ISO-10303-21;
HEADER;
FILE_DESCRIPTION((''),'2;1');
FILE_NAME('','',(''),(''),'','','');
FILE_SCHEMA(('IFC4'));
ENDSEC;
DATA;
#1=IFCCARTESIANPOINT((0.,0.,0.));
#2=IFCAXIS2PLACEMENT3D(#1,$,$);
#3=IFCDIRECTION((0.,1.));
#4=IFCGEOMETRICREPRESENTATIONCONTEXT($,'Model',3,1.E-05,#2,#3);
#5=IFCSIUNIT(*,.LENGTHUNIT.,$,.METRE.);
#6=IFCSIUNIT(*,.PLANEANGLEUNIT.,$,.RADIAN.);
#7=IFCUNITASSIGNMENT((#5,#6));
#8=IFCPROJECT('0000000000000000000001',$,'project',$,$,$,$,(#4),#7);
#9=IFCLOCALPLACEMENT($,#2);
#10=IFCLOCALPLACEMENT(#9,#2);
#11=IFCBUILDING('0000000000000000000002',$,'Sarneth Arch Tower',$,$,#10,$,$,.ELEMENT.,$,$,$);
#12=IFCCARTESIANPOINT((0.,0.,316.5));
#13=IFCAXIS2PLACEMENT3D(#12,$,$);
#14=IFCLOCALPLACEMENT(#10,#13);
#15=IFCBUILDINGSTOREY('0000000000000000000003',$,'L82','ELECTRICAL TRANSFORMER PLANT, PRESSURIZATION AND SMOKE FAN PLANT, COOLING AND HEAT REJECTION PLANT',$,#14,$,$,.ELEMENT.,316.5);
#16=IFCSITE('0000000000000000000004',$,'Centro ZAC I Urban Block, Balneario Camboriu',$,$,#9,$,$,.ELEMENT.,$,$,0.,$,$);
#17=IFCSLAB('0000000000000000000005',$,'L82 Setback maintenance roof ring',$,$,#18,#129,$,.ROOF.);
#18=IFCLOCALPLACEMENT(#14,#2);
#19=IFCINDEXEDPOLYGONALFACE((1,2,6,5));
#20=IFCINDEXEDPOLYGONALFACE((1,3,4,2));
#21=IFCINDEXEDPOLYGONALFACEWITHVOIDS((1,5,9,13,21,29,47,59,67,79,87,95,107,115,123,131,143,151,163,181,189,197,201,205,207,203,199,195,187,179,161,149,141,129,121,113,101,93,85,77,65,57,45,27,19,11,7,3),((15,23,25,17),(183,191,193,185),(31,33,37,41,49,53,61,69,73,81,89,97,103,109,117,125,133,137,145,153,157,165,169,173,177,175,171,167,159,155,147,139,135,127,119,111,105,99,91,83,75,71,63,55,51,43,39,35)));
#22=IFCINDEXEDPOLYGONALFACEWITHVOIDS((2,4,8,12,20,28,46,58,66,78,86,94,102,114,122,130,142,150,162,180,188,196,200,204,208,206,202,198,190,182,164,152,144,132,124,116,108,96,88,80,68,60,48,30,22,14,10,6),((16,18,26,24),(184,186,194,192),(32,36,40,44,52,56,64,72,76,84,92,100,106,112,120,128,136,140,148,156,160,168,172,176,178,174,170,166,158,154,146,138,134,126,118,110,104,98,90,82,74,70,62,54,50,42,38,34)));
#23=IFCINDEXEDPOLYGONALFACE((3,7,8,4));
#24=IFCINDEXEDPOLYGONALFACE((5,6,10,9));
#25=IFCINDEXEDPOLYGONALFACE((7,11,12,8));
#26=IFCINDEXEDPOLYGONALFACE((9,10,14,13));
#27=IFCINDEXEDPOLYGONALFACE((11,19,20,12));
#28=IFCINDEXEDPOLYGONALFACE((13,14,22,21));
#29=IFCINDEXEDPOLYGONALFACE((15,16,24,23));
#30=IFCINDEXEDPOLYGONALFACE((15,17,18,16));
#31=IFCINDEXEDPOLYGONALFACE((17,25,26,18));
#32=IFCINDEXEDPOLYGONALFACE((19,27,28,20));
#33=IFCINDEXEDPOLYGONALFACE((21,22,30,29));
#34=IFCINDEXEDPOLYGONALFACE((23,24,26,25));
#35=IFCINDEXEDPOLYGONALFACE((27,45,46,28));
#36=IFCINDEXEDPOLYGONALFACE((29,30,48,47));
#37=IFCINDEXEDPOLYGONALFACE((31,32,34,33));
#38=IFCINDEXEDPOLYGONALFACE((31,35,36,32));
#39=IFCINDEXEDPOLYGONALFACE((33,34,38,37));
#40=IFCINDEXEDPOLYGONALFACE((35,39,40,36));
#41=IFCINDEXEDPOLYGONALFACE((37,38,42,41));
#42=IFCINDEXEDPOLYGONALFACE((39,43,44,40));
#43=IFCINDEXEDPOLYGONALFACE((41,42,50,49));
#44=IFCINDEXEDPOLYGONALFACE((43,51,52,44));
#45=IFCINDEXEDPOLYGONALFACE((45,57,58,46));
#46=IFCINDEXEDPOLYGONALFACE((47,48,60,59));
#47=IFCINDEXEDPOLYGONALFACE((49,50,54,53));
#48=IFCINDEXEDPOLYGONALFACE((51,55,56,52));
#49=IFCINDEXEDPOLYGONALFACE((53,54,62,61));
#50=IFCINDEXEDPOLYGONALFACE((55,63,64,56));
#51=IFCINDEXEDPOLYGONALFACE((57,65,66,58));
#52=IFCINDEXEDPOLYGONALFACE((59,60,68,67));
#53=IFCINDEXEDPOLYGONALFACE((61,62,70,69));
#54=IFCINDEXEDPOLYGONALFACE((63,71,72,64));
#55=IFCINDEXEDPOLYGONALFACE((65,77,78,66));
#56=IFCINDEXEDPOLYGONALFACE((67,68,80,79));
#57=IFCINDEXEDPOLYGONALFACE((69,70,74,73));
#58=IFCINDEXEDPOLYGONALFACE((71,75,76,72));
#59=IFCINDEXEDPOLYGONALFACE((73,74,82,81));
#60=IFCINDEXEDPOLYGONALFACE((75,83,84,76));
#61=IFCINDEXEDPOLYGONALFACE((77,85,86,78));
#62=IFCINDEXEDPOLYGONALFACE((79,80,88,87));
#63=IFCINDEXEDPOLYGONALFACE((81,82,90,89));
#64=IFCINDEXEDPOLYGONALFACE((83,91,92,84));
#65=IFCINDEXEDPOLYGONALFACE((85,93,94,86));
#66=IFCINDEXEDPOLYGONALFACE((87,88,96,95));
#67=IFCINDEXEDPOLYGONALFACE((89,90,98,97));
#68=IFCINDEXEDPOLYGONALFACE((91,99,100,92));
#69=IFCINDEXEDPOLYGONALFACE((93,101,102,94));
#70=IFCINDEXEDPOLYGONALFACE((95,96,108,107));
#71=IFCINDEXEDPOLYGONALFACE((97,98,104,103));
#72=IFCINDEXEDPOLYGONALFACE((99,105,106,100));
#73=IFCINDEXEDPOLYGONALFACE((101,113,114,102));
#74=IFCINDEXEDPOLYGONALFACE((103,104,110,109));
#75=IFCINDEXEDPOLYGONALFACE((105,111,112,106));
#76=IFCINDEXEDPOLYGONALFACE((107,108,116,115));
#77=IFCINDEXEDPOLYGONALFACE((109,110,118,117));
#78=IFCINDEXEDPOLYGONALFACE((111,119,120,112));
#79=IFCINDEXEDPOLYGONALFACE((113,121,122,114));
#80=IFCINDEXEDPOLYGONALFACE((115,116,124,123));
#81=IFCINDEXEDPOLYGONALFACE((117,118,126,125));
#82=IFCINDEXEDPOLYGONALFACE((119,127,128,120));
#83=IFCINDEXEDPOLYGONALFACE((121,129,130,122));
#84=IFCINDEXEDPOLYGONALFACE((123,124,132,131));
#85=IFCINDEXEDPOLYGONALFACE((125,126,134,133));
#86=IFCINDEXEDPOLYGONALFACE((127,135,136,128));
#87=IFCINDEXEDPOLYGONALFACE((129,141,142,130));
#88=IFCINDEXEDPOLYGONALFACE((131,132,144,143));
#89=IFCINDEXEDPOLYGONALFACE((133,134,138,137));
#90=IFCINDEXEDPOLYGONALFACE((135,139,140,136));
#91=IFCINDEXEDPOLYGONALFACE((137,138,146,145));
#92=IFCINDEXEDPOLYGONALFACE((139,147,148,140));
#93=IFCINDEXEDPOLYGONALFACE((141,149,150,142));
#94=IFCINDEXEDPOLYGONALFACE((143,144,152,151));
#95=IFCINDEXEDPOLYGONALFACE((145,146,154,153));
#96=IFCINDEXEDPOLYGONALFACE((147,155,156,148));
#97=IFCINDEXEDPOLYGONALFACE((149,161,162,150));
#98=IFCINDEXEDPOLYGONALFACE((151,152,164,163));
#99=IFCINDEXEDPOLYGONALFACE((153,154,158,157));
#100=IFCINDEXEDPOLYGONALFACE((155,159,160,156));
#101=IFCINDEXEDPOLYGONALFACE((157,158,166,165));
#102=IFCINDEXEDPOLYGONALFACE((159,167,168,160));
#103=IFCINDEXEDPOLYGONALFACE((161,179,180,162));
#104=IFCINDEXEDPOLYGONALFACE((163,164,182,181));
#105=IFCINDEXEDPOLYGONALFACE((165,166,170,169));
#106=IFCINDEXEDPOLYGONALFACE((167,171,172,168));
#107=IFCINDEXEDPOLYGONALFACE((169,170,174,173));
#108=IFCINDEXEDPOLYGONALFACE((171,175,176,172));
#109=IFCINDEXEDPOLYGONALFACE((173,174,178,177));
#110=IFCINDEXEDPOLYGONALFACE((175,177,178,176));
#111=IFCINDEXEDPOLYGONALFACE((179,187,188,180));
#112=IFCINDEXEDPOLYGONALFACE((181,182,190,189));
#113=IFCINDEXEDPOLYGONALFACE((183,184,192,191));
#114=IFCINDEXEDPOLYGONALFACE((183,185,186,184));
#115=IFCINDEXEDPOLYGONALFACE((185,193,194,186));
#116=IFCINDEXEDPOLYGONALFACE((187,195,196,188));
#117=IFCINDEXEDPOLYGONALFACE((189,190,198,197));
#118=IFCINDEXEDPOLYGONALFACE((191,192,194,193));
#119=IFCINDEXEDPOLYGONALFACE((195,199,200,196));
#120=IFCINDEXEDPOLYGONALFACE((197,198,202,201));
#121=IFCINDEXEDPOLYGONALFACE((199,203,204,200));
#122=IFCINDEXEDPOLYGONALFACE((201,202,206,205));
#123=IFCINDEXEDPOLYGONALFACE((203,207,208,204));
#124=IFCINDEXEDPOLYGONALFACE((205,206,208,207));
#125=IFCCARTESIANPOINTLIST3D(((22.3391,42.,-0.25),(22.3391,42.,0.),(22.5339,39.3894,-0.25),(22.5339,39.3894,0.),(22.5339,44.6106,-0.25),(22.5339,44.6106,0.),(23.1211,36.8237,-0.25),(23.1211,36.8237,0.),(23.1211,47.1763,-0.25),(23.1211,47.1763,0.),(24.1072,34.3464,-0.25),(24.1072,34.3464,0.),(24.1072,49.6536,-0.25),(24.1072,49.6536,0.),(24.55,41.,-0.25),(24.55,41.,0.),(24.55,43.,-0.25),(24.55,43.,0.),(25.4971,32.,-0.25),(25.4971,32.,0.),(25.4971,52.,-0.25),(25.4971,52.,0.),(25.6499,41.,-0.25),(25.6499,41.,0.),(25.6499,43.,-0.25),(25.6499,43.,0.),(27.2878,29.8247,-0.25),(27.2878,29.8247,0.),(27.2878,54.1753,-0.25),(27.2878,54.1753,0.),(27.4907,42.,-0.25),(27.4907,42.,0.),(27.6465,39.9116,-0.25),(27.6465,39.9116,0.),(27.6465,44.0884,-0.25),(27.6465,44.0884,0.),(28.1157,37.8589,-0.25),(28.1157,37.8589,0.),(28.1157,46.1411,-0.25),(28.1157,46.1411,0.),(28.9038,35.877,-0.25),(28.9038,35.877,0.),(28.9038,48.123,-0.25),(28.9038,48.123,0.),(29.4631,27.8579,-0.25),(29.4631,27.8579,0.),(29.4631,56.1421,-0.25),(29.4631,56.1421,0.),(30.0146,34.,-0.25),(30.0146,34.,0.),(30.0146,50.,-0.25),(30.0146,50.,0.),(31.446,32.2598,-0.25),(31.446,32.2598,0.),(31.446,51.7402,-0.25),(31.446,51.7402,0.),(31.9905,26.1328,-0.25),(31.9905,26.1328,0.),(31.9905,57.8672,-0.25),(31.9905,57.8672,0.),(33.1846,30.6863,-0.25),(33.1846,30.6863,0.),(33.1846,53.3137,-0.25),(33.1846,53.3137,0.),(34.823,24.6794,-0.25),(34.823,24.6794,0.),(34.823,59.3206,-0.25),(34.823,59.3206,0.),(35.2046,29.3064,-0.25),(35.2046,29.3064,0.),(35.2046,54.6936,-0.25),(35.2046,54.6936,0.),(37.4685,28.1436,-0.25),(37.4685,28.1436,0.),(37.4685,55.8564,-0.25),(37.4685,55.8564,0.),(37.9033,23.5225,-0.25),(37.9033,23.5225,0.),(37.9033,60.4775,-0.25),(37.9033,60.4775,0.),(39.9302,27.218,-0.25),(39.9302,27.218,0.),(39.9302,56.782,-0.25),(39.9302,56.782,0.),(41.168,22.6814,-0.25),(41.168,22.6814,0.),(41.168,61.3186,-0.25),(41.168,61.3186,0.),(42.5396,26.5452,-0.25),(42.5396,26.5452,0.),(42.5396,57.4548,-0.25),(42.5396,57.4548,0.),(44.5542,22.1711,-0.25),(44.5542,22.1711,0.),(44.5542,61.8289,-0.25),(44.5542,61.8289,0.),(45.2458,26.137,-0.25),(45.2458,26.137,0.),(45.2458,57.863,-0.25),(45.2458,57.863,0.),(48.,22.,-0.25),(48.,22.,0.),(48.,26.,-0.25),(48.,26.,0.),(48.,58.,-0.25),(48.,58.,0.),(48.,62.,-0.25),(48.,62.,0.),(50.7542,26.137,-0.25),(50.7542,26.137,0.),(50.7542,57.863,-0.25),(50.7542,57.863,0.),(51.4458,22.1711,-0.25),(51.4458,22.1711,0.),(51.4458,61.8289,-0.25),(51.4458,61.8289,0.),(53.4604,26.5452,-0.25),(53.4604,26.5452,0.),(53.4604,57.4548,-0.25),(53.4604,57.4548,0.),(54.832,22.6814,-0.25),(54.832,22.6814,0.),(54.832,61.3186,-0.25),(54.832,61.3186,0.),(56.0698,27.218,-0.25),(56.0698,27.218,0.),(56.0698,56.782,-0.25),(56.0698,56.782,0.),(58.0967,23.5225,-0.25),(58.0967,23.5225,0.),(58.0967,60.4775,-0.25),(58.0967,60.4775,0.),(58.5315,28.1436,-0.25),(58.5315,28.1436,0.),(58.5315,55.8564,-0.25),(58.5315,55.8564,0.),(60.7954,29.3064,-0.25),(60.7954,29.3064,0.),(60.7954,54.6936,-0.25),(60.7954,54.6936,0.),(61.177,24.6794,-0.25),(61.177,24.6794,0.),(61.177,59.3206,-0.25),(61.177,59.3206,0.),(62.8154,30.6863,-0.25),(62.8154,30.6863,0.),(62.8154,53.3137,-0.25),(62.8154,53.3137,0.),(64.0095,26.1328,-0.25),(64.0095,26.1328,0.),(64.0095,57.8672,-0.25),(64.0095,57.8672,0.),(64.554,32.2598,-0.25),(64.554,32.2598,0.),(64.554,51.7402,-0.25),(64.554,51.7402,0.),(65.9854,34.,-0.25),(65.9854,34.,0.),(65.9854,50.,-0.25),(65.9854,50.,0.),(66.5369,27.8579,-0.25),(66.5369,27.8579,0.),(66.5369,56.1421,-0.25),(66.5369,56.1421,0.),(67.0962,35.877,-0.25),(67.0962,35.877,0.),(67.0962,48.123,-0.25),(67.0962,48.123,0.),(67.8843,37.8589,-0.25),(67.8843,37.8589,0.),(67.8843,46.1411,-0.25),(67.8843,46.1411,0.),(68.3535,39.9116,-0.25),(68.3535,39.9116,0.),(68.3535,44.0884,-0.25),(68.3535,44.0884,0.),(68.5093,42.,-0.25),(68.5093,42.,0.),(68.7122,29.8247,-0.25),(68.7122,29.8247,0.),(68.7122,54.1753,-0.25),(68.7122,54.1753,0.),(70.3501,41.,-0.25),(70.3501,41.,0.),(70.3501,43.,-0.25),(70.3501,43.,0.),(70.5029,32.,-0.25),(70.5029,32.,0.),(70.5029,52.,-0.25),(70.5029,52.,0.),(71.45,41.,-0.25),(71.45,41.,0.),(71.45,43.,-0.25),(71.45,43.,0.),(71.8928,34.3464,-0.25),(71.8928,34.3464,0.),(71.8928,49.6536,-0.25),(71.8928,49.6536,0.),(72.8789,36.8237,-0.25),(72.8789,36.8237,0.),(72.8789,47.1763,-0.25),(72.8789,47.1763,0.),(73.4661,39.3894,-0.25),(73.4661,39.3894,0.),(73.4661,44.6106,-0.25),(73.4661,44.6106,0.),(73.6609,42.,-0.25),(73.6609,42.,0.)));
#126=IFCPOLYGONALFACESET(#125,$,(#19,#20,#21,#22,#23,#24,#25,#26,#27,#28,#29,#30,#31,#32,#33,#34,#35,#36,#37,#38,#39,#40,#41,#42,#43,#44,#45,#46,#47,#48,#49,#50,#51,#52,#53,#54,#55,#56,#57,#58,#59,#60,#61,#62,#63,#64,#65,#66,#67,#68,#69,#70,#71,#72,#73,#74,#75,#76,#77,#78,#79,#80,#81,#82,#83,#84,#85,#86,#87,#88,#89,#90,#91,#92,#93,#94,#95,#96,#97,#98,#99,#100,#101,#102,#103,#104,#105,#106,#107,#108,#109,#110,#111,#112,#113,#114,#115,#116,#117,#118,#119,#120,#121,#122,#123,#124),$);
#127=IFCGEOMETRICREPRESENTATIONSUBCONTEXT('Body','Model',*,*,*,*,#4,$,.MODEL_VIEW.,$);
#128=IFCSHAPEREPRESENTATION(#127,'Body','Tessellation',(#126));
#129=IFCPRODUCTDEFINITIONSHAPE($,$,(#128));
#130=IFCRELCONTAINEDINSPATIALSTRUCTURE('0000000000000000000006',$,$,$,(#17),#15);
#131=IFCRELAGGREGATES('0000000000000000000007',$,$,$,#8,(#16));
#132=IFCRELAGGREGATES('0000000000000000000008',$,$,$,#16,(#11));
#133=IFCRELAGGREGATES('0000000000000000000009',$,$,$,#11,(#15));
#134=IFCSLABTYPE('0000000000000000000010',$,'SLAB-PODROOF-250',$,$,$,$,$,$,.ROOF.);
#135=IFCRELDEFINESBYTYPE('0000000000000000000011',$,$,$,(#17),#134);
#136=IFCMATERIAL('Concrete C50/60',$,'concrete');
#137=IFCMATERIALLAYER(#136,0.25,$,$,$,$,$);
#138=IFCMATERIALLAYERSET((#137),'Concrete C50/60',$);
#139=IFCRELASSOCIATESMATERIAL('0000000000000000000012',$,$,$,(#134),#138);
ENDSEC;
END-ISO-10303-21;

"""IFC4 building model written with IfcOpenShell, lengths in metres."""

from ifc_helpers import new_model, si_unit, direction, frame, origin, place, context, subcontext, project, spatial, polyline, outline, extrude, material, layer, layer_set, type_object, element, save


model = new_model("IFC4")

# Units and contexts
model_context = context("Model", 3, precision=1e-05, world=origin(), true_north=direction((0.0, 1.0)))
body_context = subcontext(model_context, "Body", "Model", "MODEL_VIEW")
ifc_project = project(units=[si_unit("LENGTHUNIT", "METRE"), si_unit("PLANEANGLEUNIT", "RADIAN")], contexts=[model_context])

# Site, building, storey
site_placement = place(None, origin())
site = spatial("IfcSite", under=ifc_project, at=site_placement, Name="Centro ZAC I Urban Block, Balneario Camboriu", CompositionType="ELEMENT", RefElevation=0.0)
building_placement = place(site_placement, origin())
building = spatial("IfcBuilding", under=site, at=building_placement, Name="Sarneth Arch Tower", CompositionType="ELEMENT")
storey_placement = place(building_placement, frame((0.0, 0.0, 316.5)))
storey = spatial("IfcBuildingStorey", under=building, at=storey_placement, Name="L82", Description="ELECTRICAL TRANSFORMER PLANT, PRESSURIZATION AND SMOKE FAN PLANT, COOLING AND HEAT REJECTION PLANT", CompositionType="ELEMENT", Elevation=316.5)

# Slab
ifc_material_1 = material(Name="Concrete C50/60", Category="concrete")
ifc_layer_1 = layer(ifc_material_1, 0.25)
ifc_layer_set_1 = layer_set([ifc_layer_1], Name="Concrete C50/60")
slab_type_1 = type_object("IfcSlabType", Name="SLAB-PODROOF-250", PredefinedType="ROOF", material=ifc_layer_set_1)
slab_1_placement = place(storey_placement, frame((0.0, 0.0, -0.25)))
element("IfcSlab", 1, at=slab_1_placement, inside=storey, type_object=slab_type_1, Name="L82 Setback maintenance roof ring", PredefinedType="ROOF", context=body_context, shape_type="SweptSolid", body=[
    extrude(outline(polyline([(73.6609, 42.0), (73.4661, 44.6106), (72.8789, 47.1763), (71.8928, 49.6536), (70.5029, 52.0), (68.7122, 54.1753), (66.5369, 56.1421), (64.0095, 57.8672), (61.177, 59.3206), (58.0967, 60.4775), (54.832, 61.3186), (51.4458, 61.8289), (48.0, 62.0), (44.5542, 61.8289), (41.168, 61.3186), (37.9033, 60.4775), (34.823, 59.3206), (31.9905, 57.8672), (29.4631, 56.1421), (27.2878, 54.1753), (25.4971, 52.0), (24.1072, 49.6536), (23.1211, 47.1763), (22.5339, 44.6106), (22.3391, 42.0), (22.5339, 39.3894), (23.1211, 36.8237), (24.1072, 34.3464), (25.4971, 32.0), (27.2878, 29.8247), (29.4631, 27.8579), (31.9905, 26.1328), (34.823, 24.6794), (37.9033, 23.5225), (41.168, 22.6814), (44.5542, 22.1711), (48.0, 22.0), (51.4458, 22.1711), (54.832, 22.6814), (58.0967, 23.5225), (61.177, 24.6794), (64.0095, 26.1328), (66.5369, 27.8579), (68.7122, 29.8247), (70.5029, 32.0), (71.8928, 34.3464), (72.8789, 36.8237), (73.4661, 39.3894), (73.6609, 42.0)]), holes=[polyline([(68.5093, 42.0), (68.3535, 44.0884), (67.8843, 46.1411), (67.0962, 48.123), (65.9854, 50.0), (64.554, 51.7402), (62.8154, 53.3137), (60.7954, 54.6936), (58.5315, 55.8564), (56.0698, 56.782), (53.4604, 57.4548), (50.7542, 57.863), (48.0, 58.0), (45.2458, 57.863), (42.5396, 57.4548), (39.9302, 56.782), (37.4685, 55.8564), (35.2046, 54.6936), (33.1846, 53.3137), (31.446, 51.7402), (30.0146, 50.0), (28.9038, 48.123), (28.1157, 46.1411), (27.6465, 44.0884), (27.4907, 42.0), (27.6465, 39.9116), (28.1157, 37.8589), (28.9038, 35.877), (30.0146, 34.0), (31.446, 32.2598), (33.1846, 30.6863), (35.2046, 29.3064), (37.4685, 28.1436), (39.9302, 27.218), (42.5396, 26.5452), (45.2458, 26.137), (48.0, 26.0), (50.7542, 26.137), (53.4604, 26.5452), (56.0698, 27.218), (58.5315, 28.1436), (60.7954, 29.3064), (62.8154, 30.6863), (64.554, 32.2598), (65.9854, 34.0), (67.0962, 35.877), (67.8843, 37.8589), (68.3535, 39.9116), (68.5093, 42.0)]), polyline([(70.3501, 41.0), (71.45, 41.0), (71.45, 43.0), (70.3501, 43.0), (70.3501, 41.0)]), polyline([(24.55, 41.0), (25.6499, 41.0), (25.6499, 43.0), (24.55, 43.0), (24.55, 41.0)])]), origin(), (0.0, 0.0, 1.0), 0.25),
])

save(model, "model.ifc")
